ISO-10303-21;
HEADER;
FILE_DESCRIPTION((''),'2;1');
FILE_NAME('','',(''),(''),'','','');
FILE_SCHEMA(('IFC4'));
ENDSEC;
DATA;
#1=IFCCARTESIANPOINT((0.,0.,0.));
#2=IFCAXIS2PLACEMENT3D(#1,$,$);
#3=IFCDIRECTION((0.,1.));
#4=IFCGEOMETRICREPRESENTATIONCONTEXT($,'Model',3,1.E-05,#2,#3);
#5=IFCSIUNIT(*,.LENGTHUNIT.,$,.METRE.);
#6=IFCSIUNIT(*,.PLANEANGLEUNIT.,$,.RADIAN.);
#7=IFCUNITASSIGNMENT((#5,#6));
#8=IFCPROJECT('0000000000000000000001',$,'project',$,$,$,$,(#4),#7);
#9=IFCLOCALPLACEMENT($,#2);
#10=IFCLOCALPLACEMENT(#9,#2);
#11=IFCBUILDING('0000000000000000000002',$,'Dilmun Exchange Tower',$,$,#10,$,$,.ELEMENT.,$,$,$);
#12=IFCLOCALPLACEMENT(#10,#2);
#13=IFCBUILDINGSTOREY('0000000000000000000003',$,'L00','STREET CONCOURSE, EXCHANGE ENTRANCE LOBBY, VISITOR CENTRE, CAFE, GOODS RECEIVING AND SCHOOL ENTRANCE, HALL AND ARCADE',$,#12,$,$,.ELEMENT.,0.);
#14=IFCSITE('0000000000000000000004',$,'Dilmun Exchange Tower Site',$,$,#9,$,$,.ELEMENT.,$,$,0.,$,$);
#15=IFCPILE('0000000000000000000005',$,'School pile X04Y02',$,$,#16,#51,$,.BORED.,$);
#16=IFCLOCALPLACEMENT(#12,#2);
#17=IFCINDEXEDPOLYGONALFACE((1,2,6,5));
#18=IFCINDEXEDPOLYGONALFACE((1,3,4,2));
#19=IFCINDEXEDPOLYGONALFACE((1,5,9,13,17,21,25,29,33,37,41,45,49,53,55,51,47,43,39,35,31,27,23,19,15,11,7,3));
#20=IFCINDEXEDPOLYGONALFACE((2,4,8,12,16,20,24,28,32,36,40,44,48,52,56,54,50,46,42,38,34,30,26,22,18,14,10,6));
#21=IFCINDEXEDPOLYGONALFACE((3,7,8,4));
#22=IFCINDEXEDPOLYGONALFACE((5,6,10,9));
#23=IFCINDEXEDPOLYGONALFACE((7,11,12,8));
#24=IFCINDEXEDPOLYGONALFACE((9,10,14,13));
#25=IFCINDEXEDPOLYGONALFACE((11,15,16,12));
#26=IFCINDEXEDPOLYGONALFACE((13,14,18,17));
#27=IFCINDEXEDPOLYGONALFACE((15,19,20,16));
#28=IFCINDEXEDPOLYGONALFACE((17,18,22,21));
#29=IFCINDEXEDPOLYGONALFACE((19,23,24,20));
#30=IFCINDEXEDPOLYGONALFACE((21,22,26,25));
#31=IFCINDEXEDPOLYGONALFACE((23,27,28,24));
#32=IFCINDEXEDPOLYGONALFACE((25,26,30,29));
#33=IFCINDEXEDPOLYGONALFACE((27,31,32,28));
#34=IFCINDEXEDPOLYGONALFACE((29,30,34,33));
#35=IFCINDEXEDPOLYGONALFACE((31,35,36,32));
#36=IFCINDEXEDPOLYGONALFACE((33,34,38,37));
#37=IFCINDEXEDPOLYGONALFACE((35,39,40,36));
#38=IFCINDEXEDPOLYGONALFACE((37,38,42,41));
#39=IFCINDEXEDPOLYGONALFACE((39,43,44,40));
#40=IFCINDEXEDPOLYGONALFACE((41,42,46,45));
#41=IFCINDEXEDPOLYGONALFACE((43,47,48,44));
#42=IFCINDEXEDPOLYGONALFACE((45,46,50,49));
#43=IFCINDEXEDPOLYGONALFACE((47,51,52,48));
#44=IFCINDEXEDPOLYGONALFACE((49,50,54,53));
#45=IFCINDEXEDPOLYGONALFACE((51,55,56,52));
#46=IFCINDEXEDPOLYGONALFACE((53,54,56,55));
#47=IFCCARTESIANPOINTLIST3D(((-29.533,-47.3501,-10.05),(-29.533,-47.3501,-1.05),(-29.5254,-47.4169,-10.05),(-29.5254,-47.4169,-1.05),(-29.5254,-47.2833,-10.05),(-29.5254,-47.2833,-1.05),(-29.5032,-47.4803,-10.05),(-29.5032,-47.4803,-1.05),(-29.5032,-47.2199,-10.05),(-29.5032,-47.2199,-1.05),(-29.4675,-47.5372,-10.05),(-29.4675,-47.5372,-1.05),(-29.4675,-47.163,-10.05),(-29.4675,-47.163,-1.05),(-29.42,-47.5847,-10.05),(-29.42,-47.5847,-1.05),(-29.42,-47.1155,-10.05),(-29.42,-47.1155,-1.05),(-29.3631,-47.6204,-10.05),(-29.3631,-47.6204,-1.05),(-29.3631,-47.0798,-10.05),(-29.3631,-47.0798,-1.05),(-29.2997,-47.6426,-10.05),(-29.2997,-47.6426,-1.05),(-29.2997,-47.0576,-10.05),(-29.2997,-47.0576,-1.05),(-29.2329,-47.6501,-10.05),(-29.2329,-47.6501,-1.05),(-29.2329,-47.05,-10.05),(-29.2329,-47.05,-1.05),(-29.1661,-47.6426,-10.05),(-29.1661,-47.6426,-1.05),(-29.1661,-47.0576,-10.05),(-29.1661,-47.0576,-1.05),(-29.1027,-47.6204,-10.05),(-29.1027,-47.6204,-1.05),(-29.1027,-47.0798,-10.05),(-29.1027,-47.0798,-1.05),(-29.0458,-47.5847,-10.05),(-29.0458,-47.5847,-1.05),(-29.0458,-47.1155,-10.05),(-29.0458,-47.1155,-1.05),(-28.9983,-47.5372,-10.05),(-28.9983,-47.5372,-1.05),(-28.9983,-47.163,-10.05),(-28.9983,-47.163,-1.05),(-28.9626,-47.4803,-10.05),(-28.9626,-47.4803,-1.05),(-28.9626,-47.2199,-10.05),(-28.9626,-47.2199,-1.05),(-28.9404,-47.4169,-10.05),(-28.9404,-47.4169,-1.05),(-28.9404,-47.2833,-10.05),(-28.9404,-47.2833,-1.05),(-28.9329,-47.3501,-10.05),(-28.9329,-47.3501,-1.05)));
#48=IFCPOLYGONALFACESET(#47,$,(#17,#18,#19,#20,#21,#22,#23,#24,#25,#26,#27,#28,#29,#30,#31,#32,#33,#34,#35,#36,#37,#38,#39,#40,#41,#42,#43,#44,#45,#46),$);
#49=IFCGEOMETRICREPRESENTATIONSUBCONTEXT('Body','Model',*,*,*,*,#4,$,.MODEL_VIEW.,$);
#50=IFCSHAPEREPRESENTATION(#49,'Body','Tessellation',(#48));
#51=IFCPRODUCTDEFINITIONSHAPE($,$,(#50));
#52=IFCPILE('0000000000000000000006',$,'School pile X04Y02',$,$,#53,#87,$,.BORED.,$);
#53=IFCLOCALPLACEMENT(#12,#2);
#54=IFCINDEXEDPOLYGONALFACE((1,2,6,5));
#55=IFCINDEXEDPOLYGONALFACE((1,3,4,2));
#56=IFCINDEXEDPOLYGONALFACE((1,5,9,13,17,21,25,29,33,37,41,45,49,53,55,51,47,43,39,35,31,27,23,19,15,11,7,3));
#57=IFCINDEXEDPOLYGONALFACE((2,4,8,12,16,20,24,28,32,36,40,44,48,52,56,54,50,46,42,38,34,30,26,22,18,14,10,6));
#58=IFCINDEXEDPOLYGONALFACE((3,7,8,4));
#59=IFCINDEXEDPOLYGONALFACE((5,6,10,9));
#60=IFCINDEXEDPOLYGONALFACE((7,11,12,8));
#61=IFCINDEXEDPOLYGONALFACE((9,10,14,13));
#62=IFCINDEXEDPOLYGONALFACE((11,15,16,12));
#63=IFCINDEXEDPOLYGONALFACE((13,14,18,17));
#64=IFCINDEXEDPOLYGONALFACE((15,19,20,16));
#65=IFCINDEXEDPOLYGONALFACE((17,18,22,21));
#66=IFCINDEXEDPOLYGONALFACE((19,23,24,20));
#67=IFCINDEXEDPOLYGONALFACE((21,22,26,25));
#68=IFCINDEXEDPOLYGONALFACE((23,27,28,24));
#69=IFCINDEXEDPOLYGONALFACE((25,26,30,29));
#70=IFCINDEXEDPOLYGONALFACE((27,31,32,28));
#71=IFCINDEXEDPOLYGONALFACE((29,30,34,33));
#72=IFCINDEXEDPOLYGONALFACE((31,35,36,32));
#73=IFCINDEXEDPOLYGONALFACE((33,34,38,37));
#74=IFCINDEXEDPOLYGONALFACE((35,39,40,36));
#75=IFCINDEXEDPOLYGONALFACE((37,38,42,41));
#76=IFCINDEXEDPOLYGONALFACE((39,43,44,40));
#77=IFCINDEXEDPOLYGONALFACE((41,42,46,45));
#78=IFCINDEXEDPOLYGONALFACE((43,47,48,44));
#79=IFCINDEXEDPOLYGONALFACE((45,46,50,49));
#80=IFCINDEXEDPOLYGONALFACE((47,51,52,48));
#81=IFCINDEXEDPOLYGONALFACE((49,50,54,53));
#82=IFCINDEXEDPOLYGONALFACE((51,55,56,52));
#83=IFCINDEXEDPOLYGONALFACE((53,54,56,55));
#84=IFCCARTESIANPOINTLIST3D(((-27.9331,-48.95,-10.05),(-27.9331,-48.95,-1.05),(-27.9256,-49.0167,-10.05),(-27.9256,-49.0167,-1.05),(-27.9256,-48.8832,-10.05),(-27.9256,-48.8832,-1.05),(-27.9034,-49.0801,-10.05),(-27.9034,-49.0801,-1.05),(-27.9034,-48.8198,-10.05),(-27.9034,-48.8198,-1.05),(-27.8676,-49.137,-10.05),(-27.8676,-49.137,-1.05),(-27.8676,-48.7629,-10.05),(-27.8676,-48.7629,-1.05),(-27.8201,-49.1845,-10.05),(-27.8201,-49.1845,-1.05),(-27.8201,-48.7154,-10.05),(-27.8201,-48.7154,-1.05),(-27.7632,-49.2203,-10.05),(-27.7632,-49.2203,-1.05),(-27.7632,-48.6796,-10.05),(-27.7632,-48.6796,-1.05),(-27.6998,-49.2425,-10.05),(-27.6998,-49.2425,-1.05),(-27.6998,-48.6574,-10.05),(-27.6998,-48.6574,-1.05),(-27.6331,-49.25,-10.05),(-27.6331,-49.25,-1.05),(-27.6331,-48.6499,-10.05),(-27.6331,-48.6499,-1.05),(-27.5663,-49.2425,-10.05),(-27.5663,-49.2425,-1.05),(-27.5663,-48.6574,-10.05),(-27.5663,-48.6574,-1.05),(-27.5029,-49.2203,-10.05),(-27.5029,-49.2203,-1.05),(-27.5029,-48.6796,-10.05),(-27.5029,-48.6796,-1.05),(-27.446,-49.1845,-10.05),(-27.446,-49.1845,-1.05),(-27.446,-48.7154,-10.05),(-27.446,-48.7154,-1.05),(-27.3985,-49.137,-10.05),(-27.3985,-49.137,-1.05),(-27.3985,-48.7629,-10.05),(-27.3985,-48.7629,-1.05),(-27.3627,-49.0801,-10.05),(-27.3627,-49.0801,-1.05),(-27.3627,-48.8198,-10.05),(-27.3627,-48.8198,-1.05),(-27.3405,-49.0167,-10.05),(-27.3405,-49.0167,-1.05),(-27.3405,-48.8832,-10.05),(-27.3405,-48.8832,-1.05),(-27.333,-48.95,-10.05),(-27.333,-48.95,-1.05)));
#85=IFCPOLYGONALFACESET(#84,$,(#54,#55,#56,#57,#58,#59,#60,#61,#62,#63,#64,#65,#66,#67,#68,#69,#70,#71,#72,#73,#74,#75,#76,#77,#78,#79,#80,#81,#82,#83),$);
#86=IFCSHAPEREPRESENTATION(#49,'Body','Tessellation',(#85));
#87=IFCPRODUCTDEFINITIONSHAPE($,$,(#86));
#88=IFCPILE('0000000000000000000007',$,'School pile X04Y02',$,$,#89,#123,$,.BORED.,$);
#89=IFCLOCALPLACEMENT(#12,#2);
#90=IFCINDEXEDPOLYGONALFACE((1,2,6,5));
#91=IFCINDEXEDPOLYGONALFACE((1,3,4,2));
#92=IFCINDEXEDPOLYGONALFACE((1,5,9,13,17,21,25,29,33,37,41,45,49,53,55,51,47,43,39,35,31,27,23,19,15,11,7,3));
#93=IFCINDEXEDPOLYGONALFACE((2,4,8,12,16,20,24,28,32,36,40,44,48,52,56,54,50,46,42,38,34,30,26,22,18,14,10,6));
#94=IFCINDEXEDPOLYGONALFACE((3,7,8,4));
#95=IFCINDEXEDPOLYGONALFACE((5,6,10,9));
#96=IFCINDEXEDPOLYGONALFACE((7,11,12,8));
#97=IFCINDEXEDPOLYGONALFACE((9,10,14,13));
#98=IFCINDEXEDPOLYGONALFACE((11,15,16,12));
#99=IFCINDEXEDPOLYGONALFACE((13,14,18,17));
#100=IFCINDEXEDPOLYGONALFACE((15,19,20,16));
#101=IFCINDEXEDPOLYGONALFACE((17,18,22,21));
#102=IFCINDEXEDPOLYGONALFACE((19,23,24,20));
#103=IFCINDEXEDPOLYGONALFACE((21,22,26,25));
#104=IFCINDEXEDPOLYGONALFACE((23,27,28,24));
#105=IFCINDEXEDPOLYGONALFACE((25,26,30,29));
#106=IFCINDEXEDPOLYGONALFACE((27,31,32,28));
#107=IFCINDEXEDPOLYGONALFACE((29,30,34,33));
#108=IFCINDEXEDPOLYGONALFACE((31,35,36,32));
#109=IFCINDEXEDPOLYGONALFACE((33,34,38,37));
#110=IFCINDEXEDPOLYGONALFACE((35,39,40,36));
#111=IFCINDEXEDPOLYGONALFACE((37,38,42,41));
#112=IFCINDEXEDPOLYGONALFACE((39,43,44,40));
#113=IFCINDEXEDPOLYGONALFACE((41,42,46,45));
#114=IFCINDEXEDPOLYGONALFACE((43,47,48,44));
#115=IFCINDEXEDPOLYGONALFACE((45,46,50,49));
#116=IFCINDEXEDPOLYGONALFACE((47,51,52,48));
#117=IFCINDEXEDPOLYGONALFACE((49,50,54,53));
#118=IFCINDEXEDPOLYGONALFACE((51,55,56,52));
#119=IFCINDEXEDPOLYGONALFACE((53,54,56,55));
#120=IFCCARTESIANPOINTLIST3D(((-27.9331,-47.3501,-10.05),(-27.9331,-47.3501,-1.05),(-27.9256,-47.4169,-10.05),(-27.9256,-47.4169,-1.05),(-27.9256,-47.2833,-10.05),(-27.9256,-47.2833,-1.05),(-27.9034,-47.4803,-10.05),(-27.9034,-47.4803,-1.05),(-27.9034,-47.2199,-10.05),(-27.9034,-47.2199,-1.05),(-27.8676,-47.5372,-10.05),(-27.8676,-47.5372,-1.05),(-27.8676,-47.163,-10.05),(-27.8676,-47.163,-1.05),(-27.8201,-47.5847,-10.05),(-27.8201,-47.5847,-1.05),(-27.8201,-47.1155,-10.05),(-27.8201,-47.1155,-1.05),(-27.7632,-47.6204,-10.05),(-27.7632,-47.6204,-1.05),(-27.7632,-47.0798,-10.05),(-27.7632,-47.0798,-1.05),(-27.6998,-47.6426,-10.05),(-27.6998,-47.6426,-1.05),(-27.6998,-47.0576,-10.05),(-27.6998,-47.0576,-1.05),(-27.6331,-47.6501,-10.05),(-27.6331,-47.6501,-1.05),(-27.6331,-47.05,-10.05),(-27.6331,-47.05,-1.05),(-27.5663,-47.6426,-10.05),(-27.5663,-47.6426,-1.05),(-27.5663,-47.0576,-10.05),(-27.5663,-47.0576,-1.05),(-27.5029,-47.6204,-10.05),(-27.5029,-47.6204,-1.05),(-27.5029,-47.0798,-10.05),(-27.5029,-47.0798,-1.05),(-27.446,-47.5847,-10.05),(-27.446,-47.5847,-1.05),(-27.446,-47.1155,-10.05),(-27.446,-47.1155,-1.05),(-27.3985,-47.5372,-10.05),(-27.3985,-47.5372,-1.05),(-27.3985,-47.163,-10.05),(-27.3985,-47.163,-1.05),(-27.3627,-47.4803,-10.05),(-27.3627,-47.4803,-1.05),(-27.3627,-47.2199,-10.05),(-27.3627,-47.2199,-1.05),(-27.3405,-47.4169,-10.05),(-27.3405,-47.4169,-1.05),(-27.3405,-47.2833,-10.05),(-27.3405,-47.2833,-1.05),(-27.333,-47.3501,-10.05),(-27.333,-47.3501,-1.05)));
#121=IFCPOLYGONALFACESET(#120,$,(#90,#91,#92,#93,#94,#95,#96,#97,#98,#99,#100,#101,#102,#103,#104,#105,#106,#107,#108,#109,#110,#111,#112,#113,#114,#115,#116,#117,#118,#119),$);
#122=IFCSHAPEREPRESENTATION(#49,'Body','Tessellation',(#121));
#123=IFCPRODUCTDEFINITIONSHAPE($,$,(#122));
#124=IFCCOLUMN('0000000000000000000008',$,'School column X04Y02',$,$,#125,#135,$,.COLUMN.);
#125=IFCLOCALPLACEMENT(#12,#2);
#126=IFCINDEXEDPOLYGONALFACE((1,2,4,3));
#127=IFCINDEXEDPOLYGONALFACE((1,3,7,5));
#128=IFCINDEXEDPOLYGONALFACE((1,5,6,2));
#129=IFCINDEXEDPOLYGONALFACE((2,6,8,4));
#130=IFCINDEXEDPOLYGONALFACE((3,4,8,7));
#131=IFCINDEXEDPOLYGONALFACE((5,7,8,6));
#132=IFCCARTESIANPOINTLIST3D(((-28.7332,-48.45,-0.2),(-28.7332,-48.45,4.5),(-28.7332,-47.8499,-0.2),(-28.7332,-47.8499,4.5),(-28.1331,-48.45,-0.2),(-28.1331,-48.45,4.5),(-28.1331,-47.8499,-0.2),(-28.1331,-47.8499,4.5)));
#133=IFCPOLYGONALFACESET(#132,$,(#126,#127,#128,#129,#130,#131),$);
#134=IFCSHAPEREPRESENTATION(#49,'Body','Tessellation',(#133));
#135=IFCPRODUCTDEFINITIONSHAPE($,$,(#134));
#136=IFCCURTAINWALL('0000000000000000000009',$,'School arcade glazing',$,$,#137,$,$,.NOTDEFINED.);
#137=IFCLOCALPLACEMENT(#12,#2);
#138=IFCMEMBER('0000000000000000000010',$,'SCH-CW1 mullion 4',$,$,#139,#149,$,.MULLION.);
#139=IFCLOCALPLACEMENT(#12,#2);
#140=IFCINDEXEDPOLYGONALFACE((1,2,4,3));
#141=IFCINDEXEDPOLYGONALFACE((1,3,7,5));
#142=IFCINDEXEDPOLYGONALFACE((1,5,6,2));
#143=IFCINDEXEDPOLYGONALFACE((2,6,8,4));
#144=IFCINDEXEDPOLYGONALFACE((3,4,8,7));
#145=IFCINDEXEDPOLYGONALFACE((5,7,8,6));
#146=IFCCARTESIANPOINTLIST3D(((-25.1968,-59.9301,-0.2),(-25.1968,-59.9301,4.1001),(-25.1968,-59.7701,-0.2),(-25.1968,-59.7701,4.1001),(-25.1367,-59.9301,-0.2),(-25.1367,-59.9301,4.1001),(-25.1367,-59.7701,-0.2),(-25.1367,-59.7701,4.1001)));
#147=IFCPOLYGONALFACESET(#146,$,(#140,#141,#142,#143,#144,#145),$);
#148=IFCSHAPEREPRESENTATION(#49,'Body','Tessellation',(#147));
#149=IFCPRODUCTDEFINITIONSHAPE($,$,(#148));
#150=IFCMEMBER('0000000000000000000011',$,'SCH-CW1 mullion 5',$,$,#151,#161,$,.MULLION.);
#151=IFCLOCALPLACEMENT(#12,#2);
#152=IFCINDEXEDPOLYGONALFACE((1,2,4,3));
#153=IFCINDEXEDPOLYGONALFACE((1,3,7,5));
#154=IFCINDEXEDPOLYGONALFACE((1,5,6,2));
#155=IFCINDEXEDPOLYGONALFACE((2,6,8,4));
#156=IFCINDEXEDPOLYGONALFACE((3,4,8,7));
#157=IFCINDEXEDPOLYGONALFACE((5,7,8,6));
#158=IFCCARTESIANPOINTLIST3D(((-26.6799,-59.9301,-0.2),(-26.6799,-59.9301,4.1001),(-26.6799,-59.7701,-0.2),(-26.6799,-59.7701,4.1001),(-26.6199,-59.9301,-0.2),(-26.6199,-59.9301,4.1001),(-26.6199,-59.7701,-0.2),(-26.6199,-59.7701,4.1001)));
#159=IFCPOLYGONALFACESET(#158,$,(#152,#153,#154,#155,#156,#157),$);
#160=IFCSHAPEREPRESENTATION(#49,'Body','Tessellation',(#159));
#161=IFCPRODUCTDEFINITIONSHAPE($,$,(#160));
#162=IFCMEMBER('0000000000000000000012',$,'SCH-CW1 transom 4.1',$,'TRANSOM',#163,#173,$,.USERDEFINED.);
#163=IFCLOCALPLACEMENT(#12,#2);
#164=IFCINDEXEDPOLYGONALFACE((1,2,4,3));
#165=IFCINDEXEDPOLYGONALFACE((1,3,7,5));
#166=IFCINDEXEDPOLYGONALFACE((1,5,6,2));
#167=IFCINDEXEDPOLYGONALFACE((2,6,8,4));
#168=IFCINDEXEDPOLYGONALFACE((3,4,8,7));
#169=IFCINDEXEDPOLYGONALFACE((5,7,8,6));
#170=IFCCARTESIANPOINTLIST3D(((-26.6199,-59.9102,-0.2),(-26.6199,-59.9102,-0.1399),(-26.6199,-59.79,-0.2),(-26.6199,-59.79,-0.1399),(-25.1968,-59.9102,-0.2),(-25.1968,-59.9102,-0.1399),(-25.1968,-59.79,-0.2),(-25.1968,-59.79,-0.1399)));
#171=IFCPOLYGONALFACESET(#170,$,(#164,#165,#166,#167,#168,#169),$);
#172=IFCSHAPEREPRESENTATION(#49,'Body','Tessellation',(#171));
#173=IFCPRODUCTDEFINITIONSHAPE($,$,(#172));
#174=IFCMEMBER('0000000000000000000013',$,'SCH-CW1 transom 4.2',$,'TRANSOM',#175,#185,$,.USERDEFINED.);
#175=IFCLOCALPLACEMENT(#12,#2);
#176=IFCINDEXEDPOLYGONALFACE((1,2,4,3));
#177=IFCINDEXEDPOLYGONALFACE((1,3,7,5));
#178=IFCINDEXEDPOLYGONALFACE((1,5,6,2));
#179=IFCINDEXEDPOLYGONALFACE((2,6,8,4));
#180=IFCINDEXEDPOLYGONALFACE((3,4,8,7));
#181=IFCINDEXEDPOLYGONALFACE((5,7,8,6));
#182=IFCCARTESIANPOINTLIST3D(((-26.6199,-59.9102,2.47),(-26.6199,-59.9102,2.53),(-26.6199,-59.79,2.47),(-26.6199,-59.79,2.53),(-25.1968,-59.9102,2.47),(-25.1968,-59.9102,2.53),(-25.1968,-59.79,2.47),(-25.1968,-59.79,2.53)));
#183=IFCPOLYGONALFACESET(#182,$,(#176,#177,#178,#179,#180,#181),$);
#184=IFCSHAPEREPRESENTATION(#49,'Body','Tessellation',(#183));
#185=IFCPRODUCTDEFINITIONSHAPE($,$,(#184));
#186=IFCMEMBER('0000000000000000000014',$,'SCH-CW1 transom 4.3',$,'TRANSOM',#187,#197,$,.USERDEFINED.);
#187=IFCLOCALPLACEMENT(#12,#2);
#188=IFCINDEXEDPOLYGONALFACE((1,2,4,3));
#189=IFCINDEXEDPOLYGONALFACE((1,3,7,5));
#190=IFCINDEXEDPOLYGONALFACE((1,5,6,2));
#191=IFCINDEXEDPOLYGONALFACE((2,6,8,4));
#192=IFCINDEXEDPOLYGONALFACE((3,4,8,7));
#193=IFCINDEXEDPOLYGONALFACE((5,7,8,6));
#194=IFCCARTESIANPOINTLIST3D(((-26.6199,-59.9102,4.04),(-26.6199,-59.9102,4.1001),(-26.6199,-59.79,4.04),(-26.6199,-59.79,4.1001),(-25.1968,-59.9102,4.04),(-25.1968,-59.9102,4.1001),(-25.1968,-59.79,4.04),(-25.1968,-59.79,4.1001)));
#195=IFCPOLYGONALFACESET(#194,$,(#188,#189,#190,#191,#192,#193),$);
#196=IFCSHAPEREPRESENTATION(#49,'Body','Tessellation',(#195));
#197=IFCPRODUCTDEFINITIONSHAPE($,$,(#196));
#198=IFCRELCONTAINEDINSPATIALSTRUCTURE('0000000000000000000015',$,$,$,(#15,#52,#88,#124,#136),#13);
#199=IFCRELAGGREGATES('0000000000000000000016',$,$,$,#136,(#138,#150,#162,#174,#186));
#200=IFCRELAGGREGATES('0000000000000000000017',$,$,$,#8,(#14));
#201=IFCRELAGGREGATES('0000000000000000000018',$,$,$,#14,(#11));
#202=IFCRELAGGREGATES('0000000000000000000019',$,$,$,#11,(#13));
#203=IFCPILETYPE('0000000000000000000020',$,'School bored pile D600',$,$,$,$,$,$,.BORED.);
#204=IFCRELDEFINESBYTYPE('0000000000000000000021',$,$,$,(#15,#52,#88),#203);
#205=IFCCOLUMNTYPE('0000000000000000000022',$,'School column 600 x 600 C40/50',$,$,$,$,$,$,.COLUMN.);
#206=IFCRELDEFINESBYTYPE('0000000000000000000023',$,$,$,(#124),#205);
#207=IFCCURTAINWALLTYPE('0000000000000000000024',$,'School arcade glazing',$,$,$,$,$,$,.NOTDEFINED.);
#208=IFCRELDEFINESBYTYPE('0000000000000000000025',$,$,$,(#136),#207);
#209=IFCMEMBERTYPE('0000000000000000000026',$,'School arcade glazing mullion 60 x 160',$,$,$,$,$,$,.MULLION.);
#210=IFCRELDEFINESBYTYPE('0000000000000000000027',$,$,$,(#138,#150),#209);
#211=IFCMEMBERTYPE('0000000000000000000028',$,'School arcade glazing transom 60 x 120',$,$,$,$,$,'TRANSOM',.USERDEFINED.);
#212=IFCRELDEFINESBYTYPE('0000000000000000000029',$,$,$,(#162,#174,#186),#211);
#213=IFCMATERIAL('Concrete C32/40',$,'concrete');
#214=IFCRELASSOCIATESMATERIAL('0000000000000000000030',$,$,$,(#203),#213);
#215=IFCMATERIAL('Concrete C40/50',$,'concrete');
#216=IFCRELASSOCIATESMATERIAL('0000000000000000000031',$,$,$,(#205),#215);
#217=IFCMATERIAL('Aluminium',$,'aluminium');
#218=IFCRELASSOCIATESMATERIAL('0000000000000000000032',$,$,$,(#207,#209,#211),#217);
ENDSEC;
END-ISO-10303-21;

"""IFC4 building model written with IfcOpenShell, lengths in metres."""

from ifc_helpers import new_model, si_unit, direction, frame, origin, origin_2d, place, context, subcontext, project, spatial, rectangle, circle, extrude, material, material_profile, profile_set, type_object, element, aggregate, save


model = new_model("IFC4")

# Units and contexts
model_context = context("Model", 3, precision=1e-05, world=origin(), true_north=direction((0.0, 1.0)))
body_context = subcontext(model_context, "Body", "Model", "MODEL_VIEW")
ifc_project = project(units=[si_unit("LENGTHUNIT", "METRE"), si_unit("PLANEANGLEUNIT", "RADIAN")], contexts=[model_context])

# Site, building, storey
site_placement = place(None, origin())
site = spatial("IfcSite", under=ifc_project, at=site_placement, Name="Dilmun Exchange Tower Site", CompositionType="ELEMENT", RefElevation=0.0)
building_placement = place(site_placement, origin())
building = spatial("IfcBuilding", under=site, at=building_placement, Name="Dilmun Exchange Tower", CompositionType="ELEMENT")
storey_placement = place(building_placement, origin())
storey = spatial("IfcBuildingStorey", under=building, at=storey_placement, Name="L00", Description="STREET CONCOURSE, EXCHANGE ENTRANCE LOBBY, VISITOR CENTRE, CAFE, GOODS RECEIVING AND SCHOOL ENTRANCE, HALL AND ARCADE", CompositionType="ELEMENT", Elevation=0.0)

# Piles
ifc_material_1 = material(Name="Concrete C32/40", Category="concrete")
ifc_material_profile_1 = material_profile(ifc_material_1, circle(Radius=0.3, at=origin_2d()), Name="D600")
ifc_profile_set_1 = profile_set([ifc_material_profile_1], Name="Concrete C32/40")
pile_type = type_object("IfcPileType", Name="School bored pile D600", PredefinedType="BORED", material=ifc_profile_set_1)
for number, where, z_axis, x_axis, name in (
    (1, (-29.2329, -47.3501, -1.05), (0.0, 0.0, -1.0), (1.0, 0.0, 0.0), "School pile X04Y02"),
    (2, (-27.6331, -48.95, -1.05), (0.0, 0.0, -1.0), (1.0, 0.0, 0.0), "School pile X04Y02"),
    (3, (-27.6331, -47.3501, -1.05), (0.0, 0.0, -1.0), (1.0, 0.0, 0.0), "School pile X04Y02"),
):
    element("IfcPile", number, at=place(storey_placement, frame(where, z_axis=z_axis, x_axis=x_axis)), inside=storey, type_object=pile_type, Name=name, PredefinedType="BORED", context=body_context, shape_type="SweptSolid", body=[
        extrude(circle(Radius=0.3, at=origin_2d()), origin(), (0.0, 0.0, 1.0), 9.0),
    ])

# Column
ifc_material_2 = material(Name="Concrete C40/50", Category="concrete")
ifc_material_profile_2 = material_profile(ifc_material_2, rectangle(XDim=0.6001, YDim=0.6001, at=origin_2d()), Name="600 x 600")
ifc_profile_set_2 = profile_set([ifc_material_profile_2], Name="Concrete C40/50")
column_type = type_object("IfcColumnType", Name="School column 600 x 600 C40/50", PredefinedType="COLUMN", material=ifc_profile_set_2)
column_placement = place(storey_placement, frame((-28.4331, -48.1499, -0.2), z_axis=(0.0, 0.0, 1.0), x_axis=(1.0, 0.0, 0.0)))
element("IfcColumn", 4, at=column_placement, inside=storey, type_object=column_type, Name="School column X04Y02", PredefinedType="COLUMN", context=body_context, shape_type="SweptSolid", body=[
    extrude(rectangle(XDim=0.6001, YDim=0.6001, at=origin_2d()), origin(), (0.0, 0.0, 1.0), 4.7),
])

# Curtain wall, members
ifc_material_3 = material(Name="Aluminium", Category="aluminium")
curtain_wall_type = type_object("IfcCurtainWallType", Name="School arcade glazing", PredefinedType="NOTDEFINED", material=ifc_material_3)
curtain_wall_placement = place(storey_placement, origin())
curtain_wall = element("IfcCurtainWall", 5, at=curtain_wall_placement, inside=storey, type_object=curtain_wall_type, Name="School arcade glazing", PredefinedType="NOTDEFINED")
ifc_material_profile_3 = material_profile(ifc_material_3, rectangle(XDim=0.1599, YDim=0.0601, at=origin_2d()), Name="60 x 160")
ifc_profile_set_3 = profile_set([ifc_material_profile_3], Name="Aluminium")
member_type_1 = type_object("IfcMemberType", Name="School arcade glazing mullion 60 x 160", PredefinedType="MULLION", material=ifc_profile_set_3)
member_1_placement = place(storey_placement, frame((-25.1667, -59.8501, -0.2), z_axis=(0.0, 0.0, 1.0), x_axis=(0.0, -1.0, 0.0)))
member_1 = element("IfcMember", 6, at=member_1_placement, type_object=member_type_1, Name="SCH-CW1 mullion 4", PredefinedType="MULLION", context=body_context, shape_type="SweptSolid", body=[
    extrude(rectangle(XDim=0.1599, YDim=0.0601, at=origin_2d()), origin(), (0.0, 0.0, 1.0), 4.3),
])
member_2_placement = place(storey_placement, frame((-26.6499, -59.8501, -0.2), z_axis=(0.0, 0.0, 1.0), x_axis=(0.0, -1.0, 0.0)))
member_2 = element("IfcMember", 7, at=member_2_placement, type_object=member_type_1, Name="SCH-CW1 mullion 5", PredefinedType="MULLION", context=body_context, shape_type="SweptSolid", body=[
    extrude(rectangle(XDim=0.1599, YDim=0.0601, at=origin_2d()), origin(), (0.0, 0.0, 1.0), 4.3),
])
ifc_material_profile_4 = material_profile(ifc_material_3, rectangle(XDim=0.1201, YDim=0.0601, at=origin_2d()), Name="60 x 120")
ifc_profile_set_4 = profile_set([ifc_material_profile_4], Name="Aluminium")
member_type_2 = type_object("IfcMemberType", Name="School arcade glazing transom 60 x 120", ElementType="TRANSOM", PredefinedType="USERDEFINED", material=ifc_profile_set_4)
member_3_placement = place(storey_placement, frame((-25.1968, -59.8501, -0.1699), z_axis=(-1.0, 0.0, 0.0), x_axis=(0.0, -1.0, 0.0)))
member_3 = element("IfcMember", 8, at=member_3_placement, type_object=member_type_2, Name="SCH-CW1 transom 4.1", ObjectType="TRANSOM", PredefinedType="USERDEFINED", context=body_context, shape_type="SweptSolid", body=[
    extrude(rectangle(XDim=0.1201, YDim=0.0601, at=origin_2d()), origin(), (0.0, 0.0, 1.0), 1.4231),
])
member_4_placement = place(storey_placement, frame((-25.1968, -59.8501, 2.5), z_axis=(-1.0, 0.0, 0.0), x_axis=(0.0, -1.0, 0.0)))
member_4 = element("IfcMember", 9, at=member_4_placement, type_object=member_type_2, Name="SCH-CW1 transom 4.2", ObjectType="TRANSOM", PredefinedType="USERDEFINED", context=body_context, shape_type="SweptSolid", body=[
    extrude(rectangle(XDim=0.1201, YDim=0.0601, at=origin_2d()), origin(), (0.0, 0.0, 1.0), 1.4231),
])
member_5_placement = place(storey_placement, frame((-25.1968, -59.8501, 4.0701), z_axis=(-1.0, 0.0, 0.0), x_axis=(0.0, -1.0, 0.0)))
member_5 = element("IfcMember", 10, at=member_5_placement, type_object=member_type_2, Name="SCH-CW1 transom 4.3", ObjectType="TRANSOM", PredefinedType="USERDEFINED", context=body_context, shape_type="SweptSolid", body=[
    extrude(rectangle(XDim=0.1201, YDim=0.0601, at=origin_2d()), origin(), (0.0, 0.0, 1.0), 1.4231),
])
aggregate(curtain_wall, [member_1, member_2, member_3, member_4, member_5])

save(model, "model.ifc")
